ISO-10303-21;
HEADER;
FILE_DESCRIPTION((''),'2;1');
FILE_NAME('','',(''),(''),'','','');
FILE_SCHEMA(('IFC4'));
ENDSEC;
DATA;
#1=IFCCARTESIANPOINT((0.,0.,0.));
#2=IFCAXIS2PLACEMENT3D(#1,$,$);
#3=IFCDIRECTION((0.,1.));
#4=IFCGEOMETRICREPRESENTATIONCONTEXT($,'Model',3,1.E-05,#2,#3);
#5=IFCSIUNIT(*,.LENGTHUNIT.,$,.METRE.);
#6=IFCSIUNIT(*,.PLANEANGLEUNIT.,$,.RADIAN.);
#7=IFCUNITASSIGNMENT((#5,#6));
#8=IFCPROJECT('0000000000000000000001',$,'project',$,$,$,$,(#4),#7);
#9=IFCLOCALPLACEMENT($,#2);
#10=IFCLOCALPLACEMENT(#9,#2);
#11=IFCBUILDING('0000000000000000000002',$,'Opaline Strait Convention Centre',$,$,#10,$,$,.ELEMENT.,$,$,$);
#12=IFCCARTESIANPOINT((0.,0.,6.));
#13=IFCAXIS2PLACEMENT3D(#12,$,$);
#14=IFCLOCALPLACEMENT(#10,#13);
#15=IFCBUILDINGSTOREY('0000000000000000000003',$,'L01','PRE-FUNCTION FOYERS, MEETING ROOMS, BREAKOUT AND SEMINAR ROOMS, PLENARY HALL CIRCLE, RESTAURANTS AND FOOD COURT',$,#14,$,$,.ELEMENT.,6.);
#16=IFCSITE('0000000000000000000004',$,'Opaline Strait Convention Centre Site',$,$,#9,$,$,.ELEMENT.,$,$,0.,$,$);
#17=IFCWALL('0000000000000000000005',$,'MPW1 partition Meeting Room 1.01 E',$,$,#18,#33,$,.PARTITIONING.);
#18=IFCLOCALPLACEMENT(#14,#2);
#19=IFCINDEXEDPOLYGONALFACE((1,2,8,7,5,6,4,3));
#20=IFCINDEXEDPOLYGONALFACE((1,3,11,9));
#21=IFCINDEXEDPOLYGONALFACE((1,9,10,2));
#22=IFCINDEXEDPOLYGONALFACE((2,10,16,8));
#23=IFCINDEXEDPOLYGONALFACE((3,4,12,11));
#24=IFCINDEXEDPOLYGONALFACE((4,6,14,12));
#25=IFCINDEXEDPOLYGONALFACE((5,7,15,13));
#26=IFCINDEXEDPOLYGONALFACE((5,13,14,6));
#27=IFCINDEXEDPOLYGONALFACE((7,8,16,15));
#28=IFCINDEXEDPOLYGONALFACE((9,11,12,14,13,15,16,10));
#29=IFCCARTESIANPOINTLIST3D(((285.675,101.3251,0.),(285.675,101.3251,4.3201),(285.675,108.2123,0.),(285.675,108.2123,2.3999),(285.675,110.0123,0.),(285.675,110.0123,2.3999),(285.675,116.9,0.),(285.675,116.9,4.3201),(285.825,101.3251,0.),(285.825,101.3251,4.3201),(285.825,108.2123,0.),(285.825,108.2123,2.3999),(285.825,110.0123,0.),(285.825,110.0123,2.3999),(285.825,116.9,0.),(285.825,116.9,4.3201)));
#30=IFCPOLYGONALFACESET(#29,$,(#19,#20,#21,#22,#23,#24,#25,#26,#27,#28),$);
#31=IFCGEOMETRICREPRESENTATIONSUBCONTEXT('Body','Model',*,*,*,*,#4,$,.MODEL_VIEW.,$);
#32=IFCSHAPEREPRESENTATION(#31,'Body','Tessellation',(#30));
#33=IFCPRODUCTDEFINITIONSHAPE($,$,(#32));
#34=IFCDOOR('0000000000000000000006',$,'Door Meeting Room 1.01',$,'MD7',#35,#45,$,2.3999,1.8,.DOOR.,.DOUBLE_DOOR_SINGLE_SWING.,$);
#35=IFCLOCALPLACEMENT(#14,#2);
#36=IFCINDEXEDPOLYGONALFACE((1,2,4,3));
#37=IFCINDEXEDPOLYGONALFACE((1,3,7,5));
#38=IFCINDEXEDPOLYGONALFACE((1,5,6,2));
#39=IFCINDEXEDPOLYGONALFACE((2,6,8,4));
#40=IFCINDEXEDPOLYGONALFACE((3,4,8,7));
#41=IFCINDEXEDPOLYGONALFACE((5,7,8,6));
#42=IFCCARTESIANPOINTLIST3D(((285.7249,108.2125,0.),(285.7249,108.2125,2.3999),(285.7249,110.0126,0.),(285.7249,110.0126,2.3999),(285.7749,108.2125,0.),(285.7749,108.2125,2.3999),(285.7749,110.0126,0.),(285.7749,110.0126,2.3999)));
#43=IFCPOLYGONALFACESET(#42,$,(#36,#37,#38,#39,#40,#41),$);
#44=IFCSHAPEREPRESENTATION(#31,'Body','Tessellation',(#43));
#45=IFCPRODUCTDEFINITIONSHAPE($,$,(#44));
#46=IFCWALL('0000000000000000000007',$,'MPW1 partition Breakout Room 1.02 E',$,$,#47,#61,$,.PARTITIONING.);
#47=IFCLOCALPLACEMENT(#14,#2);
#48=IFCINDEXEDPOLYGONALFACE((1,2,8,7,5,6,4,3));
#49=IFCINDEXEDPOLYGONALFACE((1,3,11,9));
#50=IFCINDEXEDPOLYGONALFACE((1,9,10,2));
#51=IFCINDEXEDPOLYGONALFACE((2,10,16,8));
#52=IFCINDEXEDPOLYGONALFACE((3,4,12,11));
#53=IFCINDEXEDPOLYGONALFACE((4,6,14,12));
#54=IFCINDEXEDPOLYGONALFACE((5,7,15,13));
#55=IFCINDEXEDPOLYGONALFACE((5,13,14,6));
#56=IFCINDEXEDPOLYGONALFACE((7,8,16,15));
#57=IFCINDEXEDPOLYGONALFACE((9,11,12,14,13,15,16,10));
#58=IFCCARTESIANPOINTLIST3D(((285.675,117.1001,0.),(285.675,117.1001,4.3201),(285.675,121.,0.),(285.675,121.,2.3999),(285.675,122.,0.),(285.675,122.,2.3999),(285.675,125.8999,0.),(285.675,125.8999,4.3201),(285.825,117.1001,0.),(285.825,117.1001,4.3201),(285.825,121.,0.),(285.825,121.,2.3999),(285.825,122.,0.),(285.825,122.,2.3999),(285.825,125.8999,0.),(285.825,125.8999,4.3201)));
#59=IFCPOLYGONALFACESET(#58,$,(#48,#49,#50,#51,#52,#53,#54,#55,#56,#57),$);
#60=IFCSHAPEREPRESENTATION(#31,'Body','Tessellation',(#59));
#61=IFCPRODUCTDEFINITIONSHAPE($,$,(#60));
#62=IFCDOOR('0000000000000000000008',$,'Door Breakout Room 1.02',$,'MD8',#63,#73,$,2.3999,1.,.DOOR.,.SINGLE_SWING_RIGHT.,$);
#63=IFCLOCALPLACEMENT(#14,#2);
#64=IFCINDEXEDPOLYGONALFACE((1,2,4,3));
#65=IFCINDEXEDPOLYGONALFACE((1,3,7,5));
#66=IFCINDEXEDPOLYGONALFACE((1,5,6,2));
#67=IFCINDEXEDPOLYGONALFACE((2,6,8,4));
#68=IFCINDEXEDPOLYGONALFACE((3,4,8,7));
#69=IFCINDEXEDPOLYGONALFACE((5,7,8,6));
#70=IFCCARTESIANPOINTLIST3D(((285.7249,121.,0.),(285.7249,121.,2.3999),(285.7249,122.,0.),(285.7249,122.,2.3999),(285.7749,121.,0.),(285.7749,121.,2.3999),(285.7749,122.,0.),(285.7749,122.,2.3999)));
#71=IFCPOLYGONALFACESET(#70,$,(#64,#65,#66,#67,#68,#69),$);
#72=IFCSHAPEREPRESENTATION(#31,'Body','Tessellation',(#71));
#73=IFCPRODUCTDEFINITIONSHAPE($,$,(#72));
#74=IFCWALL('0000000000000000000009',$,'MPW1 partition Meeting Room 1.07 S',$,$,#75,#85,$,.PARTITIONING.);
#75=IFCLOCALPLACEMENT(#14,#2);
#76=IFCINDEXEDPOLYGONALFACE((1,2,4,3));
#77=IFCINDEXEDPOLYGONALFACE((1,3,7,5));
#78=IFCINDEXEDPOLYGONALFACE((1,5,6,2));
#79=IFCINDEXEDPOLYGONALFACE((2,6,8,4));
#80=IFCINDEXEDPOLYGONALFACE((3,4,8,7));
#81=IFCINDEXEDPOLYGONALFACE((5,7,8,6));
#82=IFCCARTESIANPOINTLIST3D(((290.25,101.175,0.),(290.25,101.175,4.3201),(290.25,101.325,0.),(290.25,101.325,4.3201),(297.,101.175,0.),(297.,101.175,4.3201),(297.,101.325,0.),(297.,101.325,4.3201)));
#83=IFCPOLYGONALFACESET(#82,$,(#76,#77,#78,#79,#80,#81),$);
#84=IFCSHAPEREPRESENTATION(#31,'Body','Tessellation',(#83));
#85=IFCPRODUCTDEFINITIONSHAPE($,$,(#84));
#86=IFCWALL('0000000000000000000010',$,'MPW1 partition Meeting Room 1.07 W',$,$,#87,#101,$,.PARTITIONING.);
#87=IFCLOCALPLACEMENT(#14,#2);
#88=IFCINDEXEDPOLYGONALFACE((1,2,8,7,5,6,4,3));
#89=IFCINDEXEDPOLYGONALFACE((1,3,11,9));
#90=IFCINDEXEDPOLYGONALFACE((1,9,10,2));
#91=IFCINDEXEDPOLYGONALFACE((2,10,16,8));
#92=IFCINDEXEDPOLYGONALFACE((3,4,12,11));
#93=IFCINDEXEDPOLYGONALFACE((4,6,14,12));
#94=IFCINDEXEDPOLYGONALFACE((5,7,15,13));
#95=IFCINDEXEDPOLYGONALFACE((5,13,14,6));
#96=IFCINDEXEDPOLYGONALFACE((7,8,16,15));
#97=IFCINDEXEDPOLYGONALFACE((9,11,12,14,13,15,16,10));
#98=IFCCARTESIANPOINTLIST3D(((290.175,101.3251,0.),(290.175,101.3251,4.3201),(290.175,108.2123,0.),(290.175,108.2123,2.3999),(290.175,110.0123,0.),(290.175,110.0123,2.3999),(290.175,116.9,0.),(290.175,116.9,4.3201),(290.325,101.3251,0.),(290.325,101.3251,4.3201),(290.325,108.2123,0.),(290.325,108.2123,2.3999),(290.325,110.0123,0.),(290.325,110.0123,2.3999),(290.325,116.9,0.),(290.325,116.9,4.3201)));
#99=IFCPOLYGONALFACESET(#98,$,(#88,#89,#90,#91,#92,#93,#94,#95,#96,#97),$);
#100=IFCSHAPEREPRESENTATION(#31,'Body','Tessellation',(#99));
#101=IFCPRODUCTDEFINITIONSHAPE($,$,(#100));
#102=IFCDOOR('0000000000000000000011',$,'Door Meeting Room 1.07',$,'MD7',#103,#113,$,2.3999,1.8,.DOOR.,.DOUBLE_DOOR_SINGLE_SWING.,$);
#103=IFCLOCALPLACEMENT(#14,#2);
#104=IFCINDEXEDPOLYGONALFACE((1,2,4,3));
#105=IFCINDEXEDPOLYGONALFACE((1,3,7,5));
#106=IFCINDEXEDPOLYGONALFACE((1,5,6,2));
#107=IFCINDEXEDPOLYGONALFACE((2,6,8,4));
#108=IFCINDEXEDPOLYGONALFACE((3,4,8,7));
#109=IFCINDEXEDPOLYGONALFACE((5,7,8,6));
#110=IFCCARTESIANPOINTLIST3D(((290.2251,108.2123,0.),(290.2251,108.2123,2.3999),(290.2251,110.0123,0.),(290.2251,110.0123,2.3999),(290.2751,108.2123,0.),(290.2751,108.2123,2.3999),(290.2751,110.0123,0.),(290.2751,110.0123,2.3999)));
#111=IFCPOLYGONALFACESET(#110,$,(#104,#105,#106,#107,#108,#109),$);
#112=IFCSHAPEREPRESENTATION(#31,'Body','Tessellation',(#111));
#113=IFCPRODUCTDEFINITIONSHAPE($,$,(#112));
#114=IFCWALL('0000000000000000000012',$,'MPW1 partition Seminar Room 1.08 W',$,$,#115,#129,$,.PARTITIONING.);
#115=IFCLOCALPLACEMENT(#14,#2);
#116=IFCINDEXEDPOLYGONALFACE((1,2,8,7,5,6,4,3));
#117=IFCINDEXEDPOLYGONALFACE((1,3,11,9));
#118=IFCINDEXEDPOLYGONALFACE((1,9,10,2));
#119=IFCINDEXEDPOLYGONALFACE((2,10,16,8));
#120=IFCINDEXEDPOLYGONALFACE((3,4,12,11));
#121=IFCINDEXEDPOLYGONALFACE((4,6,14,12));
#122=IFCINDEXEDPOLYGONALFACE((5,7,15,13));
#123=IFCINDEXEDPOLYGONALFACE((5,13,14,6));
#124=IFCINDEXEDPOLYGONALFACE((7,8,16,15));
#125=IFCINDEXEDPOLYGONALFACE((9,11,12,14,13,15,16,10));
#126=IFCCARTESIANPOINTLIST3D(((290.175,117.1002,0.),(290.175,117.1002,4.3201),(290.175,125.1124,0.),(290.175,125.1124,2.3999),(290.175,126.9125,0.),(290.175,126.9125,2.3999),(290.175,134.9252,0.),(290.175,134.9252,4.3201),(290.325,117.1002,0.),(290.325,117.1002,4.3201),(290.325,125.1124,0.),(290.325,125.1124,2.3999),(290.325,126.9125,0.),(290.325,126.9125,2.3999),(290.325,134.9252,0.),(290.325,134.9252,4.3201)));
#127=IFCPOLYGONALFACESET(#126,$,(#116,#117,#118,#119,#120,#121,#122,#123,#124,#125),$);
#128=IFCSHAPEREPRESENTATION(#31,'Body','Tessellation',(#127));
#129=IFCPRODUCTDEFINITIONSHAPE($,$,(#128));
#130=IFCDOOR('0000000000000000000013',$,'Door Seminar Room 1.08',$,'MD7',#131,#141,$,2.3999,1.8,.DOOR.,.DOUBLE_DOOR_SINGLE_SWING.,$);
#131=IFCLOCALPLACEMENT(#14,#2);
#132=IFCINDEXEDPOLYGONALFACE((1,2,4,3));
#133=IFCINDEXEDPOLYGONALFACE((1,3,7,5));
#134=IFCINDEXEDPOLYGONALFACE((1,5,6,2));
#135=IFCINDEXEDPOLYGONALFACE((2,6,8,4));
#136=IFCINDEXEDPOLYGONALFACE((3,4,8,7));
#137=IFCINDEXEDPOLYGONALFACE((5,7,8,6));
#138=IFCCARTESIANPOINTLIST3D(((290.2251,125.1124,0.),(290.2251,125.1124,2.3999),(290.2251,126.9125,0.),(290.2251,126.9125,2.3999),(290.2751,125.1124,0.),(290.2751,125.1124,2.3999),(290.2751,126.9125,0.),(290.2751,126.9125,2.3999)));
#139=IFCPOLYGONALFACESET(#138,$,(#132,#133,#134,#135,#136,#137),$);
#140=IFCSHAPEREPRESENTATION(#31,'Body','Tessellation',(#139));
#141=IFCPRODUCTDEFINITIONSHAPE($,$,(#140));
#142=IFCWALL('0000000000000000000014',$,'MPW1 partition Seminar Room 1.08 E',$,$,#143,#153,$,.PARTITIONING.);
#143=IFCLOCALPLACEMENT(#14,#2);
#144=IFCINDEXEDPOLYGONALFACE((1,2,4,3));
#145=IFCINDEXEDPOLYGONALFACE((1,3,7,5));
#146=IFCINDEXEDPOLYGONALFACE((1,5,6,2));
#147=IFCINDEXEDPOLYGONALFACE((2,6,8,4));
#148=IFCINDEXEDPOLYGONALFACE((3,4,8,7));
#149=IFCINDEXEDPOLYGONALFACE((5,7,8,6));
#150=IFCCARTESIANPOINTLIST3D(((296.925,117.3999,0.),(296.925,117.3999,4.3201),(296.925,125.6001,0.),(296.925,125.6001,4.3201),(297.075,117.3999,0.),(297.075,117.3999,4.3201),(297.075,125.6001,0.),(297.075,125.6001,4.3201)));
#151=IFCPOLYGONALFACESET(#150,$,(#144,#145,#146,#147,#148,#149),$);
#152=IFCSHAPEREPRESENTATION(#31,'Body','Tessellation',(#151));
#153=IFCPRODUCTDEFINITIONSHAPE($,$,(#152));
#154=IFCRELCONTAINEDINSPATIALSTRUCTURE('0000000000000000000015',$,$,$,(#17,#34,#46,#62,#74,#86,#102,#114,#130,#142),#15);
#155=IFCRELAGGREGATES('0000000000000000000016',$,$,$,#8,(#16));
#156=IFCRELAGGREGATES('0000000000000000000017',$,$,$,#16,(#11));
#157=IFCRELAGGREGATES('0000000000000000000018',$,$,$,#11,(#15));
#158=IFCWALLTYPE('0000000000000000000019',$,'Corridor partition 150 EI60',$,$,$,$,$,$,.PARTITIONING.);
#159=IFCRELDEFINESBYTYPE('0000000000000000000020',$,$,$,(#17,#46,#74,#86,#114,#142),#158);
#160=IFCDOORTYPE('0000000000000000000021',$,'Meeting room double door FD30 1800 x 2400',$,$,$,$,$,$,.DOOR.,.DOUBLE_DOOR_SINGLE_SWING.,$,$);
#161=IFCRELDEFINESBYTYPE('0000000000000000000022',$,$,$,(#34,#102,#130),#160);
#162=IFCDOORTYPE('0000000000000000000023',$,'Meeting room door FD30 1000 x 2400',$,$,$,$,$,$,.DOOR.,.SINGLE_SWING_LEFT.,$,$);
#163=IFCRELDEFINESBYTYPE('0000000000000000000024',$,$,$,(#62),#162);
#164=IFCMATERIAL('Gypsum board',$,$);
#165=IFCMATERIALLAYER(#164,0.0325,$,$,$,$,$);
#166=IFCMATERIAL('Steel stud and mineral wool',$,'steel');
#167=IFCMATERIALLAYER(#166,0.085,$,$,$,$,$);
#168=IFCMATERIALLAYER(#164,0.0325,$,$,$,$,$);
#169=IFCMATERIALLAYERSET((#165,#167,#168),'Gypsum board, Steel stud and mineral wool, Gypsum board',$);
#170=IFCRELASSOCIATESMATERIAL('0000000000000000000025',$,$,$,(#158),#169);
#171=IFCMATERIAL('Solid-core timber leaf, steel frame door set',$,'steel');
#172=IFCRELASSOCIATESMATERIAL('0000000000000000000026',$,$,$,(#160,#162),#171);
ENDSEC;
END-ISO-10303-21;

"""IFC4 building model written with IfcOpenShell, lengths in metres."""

from ifc_helpers import new_model, si_unit, direction, frame, frame_2d, origin, place, context, subcontext, project, spatial, rectangle, extrude, material, layer, layer_set, type_object, element, fill, save


model = new_model("IFC4")

# Units and contexts
model_context = context("Model", 3, precision=1e-05, world=origin(), true_north=direction((0.0, 1.0)))
body_context = subcontext(model_context, "Body", "Model", "MODEL_VIEW")
ifc_project = project(units=[si_unit("LENGTHUNIT", "METRE"), si_unit("PLANEANGLEUNIT", "RADIAN")], contexts=[model_context])

# Site, building, storey
site_placement = place(None, origin())
site = spatial("IfcSite", under=ifc_project, at=site_placement, Name="Opaline Strait Convention Centre Site", CompositionType="ELEMENT", RefElevation=0.0)
building_placement = place(site_placement, origin())
building = spatial("IfcBuilding", under=site, at=building_placement, Name="Opaline Strait Convention Centre", CompositionType="ELEMENT")
storey_placement = place(building_placement, frame((0.0, 0.0, 6.0)))
storey = spatial("IfcBuildingStorey", under=building, at=storey_placement, Name="L01", Description="PRE-FUNCTION FOYERS, MEETING ROOMS, BREAKOUT AND SEMINAR ROOMS, PLENARY HALL CIRCLE, RESTAURANTS AND FOOD COURT", CompositionType="ELEMENT", Elevation=6.0)

# Shared definitions
ifc_material_1 = material(Name="Gypsum board")
ifc_material_2 = material(Name="Steel stud and mineral wool", Category="steel")

# Walls, openings, doors
ifc_layer_1 = layer(ifc_material_1, 0.0325)
ifc_layer_2 = layer(ifc_material_2, 0.085)
ifc_layer_3 = layer(ifc_material_1, 0.0325)
ifc_layer_set_1 = layer_set([ifc_layer_1, ifc_layer_2, ifc_layer_3], Name="Gypsum board, Steel stud and mineral wool, Gypsum board")
wall_type_1 = type_object("IfcWallType", Name="Corridor partition 150 EI60", PredefinedType="PARTITIONING", material=ifc_layer_set_1)
wall_1_placement = place(storey_placement, frame((285.75, 101.325, 0.0), z_axis=(0.0, 0.0, 1.0), x_axis=(0.0, 1.0, 0.0)))
wall_1 = element("IfcWall", 1, at=wall_1_placement, inside=storey, type_object=wall_type_1, Name="MPW1 partition Meeting Room 1.01 E", PredefinedType="PARTITIONING", context=body_context, shape_type="SweptSolid", body=[
    extrude(rectangle(XDim=15.575, YDim=0.1499, at=frame_2d((7.7876, 0.0))), origin(), (0.0, 0.0, 1.0), 4.3201),
])
opening_1_placement = place(wall_1_placement, frame((6.8875, 0.0, 0.0)))
opening_1 = element("IfcOpeningElement", 2, at=opening_1_placement, cuts=wall_1, PredefinedType="OPENING", context=body_context, shape_type="SweptSolid", body=[
    extrude(rectangle(XDim=1.8, YDim=2.3999, at=frame_2d((0.8999, 1.2))), frame((0.0, 0.085, 0.0), z_axis=(0.0, -1.0, 0.0), x_axis=(1.0, 0.0, 0.0)), (0.0, 0.0, 1.0), 0.1699),
])
ifc_material_3 = material(Name="Solid-core timber leaf, steel frame door set", Category="steel")
door_type_1 = type_object("IfcDoorType", Name="Meeting room double door FD30 1800 x 2400", OperationType="DOUBLE_DOOR_SINGLE_SWING", PredefinedType="DOOR", material=ifc_material_3)
door_1_placement = place(opening_1_placement, frame((1.8, 0.0, 0.0), z_axis=(0.0, 0.0, 1.0), x_axis=(-1.0, 0.0, 0.0)))
door_1 = element("IfcDoor", 3, at=door_1_placement, inside=storey, type_object=door_type_1, Name="Door Meeting Room 1.01", ObjectType="MD7", OperationType="DOUBLE_DOOR_SINGLE_SWING", OverallHeight=2.3999, OverallWidth=1.8, PredefinedType="DOOR", context=body_context, shape_type="SweptSolid", body=[
    extrude(rectangle(XDim=1.8, YDim=2.3999, at=frame_2d((0.8999, 1.2))), frame((0.0, 0.0249, 0.0), z_axis=(0.0, -1.0, 0.0), x_axis=(1.0, 0.0, 0.0)), (0.0, 0.0, 1.0), 0.05),
])
fill(opening_1, door_1)
wall_2_placement = place(storey_placement, frame((285.75, 117.1001, 0.0), z_axis=(0.0, 0.0, 1.0), x_axis=(0.0, 1.0, 0.0)))
wall_2 = element("IfcWall", 4, at=wall_2_placement, inside=storey, type_object=wall_type_1, Name="MPW1 partition Breakout Room 1.02 E", PredefinedType="PARTITIONING", context=body_context, shape_type="SweptSolid", body=[
    extrude(rectangle(XDim=8.7998, YDim=0.1499, at=frame_2d((4.3999, 0.0))), origin(), (0.0, 0.0, 1.0), 4.3201),
])
opening_2_placement = place(wall_2_placement, frame((3.8999, 0.0, 0.0)))
opening_2 = element("IfcOpeningElement", 5, at=opening_2_placement, cuts=wall_2, PredefinedType="OPENING", context=body_context, shape_type="SweptSolid", body=[
    extrude(rectangle(XDim=1.0, YDim=2.3999, at=frame_2d((0.5, 1.2))), frame((0.0, 0.085, 0.0), z_axis=(0.0, -1.0, 0.0), x_axis=(1.0, 0.0, 0.0)), (0.0, 0.0, 1.0), 0.1699),
])
door_type_2 = type_object("IfcDoorType", Name="Meeting room door FD30 1000 x 2400", OperationType="SINGLE_SWING_LEFT", PredefinedType="DOOR", material=ifc_material_3)
door_2_placement = place(opening_2_placement, frame((1.0, 0.0, 0.0), z_axis=(0.0, 0.0, 1.0), x_axis=(-1.0, 0.0, 0.0)))
door_2 = element("IfcDoor", 6, at=door_2_placement, inside=storey, type_object=door_type_2, Name="Door Breakout Room 1.02", ObjectType="MD8", OperationType="SINGLE_SWING_RIGHT", OverallHeight=2.3999, OverallWidth=1.0, PredefinedType="DOOR", context=body_context, shape_type="SweptSolid", body=[
    extrude(rectangle(XDim=1.0, YDim=2.3999, at=frame_2d((0.5, 1.2))), frame((0.0, 0.0249, 0.0), z_axis=(0.0, -1.0, 0.0), x_axis=(1.0, 0.0, 0.0)), (0.0, 0.0, 1.0), 0.05),
])
fill(opening_2, door_2)

# Wall
wall_3_placement = place(storey_placement, frame((290.25, 101.25, 0.0), z_axis=(0.0, 0.0, 1.0), x_axis=(1.0, 0.0, 0.0)))
element("IfcWall", 7, at=wall_3_placement, inside=storey, type_object=wall_type_1, Name="MPW1 partition Meeting Room 1.07 S", PredefinedType="PARTITIONING", context=body_context, shape_type="SweptSolid", body=[
    extrude(rectangle(XDim=6.75, YDim=0.1499, at=frame_2d((3.375, 0.0))), origin(), (0.0, 0.0, 1.0), 4.3201),
])

# Walls, openings, doors
wall_4_placement = place(storey_placement, frame((290.25, 101.325, 0.0), z_axis=(0.0, 0.0, 1.0), x_axis=(0.0, 1.0, 0.0)))
wall_4 = element("IfcWall", 8, at=wall_4_placement, inside=storey, type_object=wall_type_1, Name="MPW1 partition Meeting Room 1.07 W", PredefinedType="PARTITIONING", context=body_context, shape_type="SweptSolid", body=[
    extrude(rectangle(XDim=15.575, YDim=0.1499, at=frame_2d((7.7876, 0.0))), origin(), (0.0, 0.0, 1.0), 4.3201),
])
opening_3_placement = place(wall_4_placement, frame((6.8875, 0.0, 0.0)))
opening_3 = element("IfcOpeningElement", 9, at=opening_3_placement, cuts=wall_4, PredefinedType="OPENING", context=body_context, shape_type="SweptSolid", body=[
    extrude(rectangle(XDim=1.8, YDim=2.3999, at=frame_2d((0.8999, 1.2))), frame((0.0, 0.085, 0.0), z_axis=(0.0, -1.0, 0.0), x_axis=(1.0, 0.0, 0.0)), (0.0, 0.0, 1.0), 0.1699),
])
door_3_placement = place(opening_3_placement, origin())
door_3 = element("IfcDoor", 10, at=door_3_placement, inside=storey, type_object=door_type_1, Name="Door Meeting Room 1.07", ObjectType="MD7", OperationType="DOUBLE_DOOR_SINGLE_SWING", OverallHeight=2.3999, OverallWidth=1.8, PredefinedType="DOOR", context=body_context, shape_type="SweptSolid", body=[
    extrude(rectangle(XDim=1.8, YDim=2.3999, at=frame_2d((0.8999, 1.2))), frame((0.0, 0.0249, 0.0), z_axis=(0.0, -1.0, 0.0), x_axis=(1.0, 0.0, 0.0)), (0.0, 0.0, 1.0), 0.05),
])
fill(opening_3, door_3)
wall_5_placement = place(storey_placement, frame((290.25, 117.1001, 0.0), z_axis=(0.0, 0.0, 1.0), x_axis=(0.0, 1.0, 0.0)))
wall_5 = element("IfcWall", 11, at=wall_5_placement, inside=storey, type_object=wall_type_1, Name="MPW1 partition Seminar Room 1.08 W", PredefinedType="PARTITIONING", context=body_context, shape_type="SweptSolid", body=[
    extrude(rectangle(XDim=17.825, YDim=0.1499, at=frame_2d((8.9126, 0.0))), origin(), (0.0, 0.0, 1.0), 4.3201),
])
opening_4_placement = place(wall_5_placement, frame((8.0125, 0.0, 0.0)))
opening_4 = element("IfcOpeningElement", 12, at=opening_4_placement, cuts=wall_5, PredefinedType="OPENING", context=body_context, shape_type="SweptSolid", body=[
    extrude(rectangle(XDim=1.8, YDim=2.3999, at=frame_2d((0.8999, 1.2))), frame((0.0, 0.085, 0.0), z_axis=(0.0, -1.0, 0.0), x_axis=(1.0, 0.0, 0.0)), (0.0, 0.0, 1.0), 0.1699),
])
door_4_placement = place(opening_4_placement, origin())
door_4 = element("IfcDoor", 13, at=door_4_placement, inside=storey, type_object=door_type_1, Name="Door Seminar Room 1.08", ObjectType="MD7", OperationType="DOUBLE_DOOR_SINGLE_SWING", OverallHeight=2.3999, OverallWidth=1.8, PredefinedType="DOOR", context=body_context, shape_type="SweptSolid", body=[
    extrude(rectangle(XDim=1.8, YDim=2.3999, at=frame_2d((0.8999, 1.2))), frame((0.0, 0.0249, 0.0), z_axis=(0.0, -1.0, 0.0), x_axis=(1.0, 0.0, 0.0)), (0.0, 0.0, 1.0), 0.05),
])
fill(opening_4, door_4)

# Wall
wall_6_placement = place(storey_placement, frame((297.0, 117.3999, 0.0), z_axis=(0.0, 0.0, 1.0), x_axis=(0.0, 1.0, 0.0)))
element("IfcWall", 14, at=wall_6_placement, inside=storey, type_object=wall_type_1, Name="MPW1 partition Seminar Room 1.08 E", PredefinedType="PARTITIONING", context=body_context, shape_type="SweptSolid", body=[
    extrude(rectangle(XDim=8.2002, YDim=0.1499, at=frame_2d((4.1001, 0.0))), origin(), (0.0, 0.0, 1.0), 4.3201),
])

save(model, "model.ifc")
